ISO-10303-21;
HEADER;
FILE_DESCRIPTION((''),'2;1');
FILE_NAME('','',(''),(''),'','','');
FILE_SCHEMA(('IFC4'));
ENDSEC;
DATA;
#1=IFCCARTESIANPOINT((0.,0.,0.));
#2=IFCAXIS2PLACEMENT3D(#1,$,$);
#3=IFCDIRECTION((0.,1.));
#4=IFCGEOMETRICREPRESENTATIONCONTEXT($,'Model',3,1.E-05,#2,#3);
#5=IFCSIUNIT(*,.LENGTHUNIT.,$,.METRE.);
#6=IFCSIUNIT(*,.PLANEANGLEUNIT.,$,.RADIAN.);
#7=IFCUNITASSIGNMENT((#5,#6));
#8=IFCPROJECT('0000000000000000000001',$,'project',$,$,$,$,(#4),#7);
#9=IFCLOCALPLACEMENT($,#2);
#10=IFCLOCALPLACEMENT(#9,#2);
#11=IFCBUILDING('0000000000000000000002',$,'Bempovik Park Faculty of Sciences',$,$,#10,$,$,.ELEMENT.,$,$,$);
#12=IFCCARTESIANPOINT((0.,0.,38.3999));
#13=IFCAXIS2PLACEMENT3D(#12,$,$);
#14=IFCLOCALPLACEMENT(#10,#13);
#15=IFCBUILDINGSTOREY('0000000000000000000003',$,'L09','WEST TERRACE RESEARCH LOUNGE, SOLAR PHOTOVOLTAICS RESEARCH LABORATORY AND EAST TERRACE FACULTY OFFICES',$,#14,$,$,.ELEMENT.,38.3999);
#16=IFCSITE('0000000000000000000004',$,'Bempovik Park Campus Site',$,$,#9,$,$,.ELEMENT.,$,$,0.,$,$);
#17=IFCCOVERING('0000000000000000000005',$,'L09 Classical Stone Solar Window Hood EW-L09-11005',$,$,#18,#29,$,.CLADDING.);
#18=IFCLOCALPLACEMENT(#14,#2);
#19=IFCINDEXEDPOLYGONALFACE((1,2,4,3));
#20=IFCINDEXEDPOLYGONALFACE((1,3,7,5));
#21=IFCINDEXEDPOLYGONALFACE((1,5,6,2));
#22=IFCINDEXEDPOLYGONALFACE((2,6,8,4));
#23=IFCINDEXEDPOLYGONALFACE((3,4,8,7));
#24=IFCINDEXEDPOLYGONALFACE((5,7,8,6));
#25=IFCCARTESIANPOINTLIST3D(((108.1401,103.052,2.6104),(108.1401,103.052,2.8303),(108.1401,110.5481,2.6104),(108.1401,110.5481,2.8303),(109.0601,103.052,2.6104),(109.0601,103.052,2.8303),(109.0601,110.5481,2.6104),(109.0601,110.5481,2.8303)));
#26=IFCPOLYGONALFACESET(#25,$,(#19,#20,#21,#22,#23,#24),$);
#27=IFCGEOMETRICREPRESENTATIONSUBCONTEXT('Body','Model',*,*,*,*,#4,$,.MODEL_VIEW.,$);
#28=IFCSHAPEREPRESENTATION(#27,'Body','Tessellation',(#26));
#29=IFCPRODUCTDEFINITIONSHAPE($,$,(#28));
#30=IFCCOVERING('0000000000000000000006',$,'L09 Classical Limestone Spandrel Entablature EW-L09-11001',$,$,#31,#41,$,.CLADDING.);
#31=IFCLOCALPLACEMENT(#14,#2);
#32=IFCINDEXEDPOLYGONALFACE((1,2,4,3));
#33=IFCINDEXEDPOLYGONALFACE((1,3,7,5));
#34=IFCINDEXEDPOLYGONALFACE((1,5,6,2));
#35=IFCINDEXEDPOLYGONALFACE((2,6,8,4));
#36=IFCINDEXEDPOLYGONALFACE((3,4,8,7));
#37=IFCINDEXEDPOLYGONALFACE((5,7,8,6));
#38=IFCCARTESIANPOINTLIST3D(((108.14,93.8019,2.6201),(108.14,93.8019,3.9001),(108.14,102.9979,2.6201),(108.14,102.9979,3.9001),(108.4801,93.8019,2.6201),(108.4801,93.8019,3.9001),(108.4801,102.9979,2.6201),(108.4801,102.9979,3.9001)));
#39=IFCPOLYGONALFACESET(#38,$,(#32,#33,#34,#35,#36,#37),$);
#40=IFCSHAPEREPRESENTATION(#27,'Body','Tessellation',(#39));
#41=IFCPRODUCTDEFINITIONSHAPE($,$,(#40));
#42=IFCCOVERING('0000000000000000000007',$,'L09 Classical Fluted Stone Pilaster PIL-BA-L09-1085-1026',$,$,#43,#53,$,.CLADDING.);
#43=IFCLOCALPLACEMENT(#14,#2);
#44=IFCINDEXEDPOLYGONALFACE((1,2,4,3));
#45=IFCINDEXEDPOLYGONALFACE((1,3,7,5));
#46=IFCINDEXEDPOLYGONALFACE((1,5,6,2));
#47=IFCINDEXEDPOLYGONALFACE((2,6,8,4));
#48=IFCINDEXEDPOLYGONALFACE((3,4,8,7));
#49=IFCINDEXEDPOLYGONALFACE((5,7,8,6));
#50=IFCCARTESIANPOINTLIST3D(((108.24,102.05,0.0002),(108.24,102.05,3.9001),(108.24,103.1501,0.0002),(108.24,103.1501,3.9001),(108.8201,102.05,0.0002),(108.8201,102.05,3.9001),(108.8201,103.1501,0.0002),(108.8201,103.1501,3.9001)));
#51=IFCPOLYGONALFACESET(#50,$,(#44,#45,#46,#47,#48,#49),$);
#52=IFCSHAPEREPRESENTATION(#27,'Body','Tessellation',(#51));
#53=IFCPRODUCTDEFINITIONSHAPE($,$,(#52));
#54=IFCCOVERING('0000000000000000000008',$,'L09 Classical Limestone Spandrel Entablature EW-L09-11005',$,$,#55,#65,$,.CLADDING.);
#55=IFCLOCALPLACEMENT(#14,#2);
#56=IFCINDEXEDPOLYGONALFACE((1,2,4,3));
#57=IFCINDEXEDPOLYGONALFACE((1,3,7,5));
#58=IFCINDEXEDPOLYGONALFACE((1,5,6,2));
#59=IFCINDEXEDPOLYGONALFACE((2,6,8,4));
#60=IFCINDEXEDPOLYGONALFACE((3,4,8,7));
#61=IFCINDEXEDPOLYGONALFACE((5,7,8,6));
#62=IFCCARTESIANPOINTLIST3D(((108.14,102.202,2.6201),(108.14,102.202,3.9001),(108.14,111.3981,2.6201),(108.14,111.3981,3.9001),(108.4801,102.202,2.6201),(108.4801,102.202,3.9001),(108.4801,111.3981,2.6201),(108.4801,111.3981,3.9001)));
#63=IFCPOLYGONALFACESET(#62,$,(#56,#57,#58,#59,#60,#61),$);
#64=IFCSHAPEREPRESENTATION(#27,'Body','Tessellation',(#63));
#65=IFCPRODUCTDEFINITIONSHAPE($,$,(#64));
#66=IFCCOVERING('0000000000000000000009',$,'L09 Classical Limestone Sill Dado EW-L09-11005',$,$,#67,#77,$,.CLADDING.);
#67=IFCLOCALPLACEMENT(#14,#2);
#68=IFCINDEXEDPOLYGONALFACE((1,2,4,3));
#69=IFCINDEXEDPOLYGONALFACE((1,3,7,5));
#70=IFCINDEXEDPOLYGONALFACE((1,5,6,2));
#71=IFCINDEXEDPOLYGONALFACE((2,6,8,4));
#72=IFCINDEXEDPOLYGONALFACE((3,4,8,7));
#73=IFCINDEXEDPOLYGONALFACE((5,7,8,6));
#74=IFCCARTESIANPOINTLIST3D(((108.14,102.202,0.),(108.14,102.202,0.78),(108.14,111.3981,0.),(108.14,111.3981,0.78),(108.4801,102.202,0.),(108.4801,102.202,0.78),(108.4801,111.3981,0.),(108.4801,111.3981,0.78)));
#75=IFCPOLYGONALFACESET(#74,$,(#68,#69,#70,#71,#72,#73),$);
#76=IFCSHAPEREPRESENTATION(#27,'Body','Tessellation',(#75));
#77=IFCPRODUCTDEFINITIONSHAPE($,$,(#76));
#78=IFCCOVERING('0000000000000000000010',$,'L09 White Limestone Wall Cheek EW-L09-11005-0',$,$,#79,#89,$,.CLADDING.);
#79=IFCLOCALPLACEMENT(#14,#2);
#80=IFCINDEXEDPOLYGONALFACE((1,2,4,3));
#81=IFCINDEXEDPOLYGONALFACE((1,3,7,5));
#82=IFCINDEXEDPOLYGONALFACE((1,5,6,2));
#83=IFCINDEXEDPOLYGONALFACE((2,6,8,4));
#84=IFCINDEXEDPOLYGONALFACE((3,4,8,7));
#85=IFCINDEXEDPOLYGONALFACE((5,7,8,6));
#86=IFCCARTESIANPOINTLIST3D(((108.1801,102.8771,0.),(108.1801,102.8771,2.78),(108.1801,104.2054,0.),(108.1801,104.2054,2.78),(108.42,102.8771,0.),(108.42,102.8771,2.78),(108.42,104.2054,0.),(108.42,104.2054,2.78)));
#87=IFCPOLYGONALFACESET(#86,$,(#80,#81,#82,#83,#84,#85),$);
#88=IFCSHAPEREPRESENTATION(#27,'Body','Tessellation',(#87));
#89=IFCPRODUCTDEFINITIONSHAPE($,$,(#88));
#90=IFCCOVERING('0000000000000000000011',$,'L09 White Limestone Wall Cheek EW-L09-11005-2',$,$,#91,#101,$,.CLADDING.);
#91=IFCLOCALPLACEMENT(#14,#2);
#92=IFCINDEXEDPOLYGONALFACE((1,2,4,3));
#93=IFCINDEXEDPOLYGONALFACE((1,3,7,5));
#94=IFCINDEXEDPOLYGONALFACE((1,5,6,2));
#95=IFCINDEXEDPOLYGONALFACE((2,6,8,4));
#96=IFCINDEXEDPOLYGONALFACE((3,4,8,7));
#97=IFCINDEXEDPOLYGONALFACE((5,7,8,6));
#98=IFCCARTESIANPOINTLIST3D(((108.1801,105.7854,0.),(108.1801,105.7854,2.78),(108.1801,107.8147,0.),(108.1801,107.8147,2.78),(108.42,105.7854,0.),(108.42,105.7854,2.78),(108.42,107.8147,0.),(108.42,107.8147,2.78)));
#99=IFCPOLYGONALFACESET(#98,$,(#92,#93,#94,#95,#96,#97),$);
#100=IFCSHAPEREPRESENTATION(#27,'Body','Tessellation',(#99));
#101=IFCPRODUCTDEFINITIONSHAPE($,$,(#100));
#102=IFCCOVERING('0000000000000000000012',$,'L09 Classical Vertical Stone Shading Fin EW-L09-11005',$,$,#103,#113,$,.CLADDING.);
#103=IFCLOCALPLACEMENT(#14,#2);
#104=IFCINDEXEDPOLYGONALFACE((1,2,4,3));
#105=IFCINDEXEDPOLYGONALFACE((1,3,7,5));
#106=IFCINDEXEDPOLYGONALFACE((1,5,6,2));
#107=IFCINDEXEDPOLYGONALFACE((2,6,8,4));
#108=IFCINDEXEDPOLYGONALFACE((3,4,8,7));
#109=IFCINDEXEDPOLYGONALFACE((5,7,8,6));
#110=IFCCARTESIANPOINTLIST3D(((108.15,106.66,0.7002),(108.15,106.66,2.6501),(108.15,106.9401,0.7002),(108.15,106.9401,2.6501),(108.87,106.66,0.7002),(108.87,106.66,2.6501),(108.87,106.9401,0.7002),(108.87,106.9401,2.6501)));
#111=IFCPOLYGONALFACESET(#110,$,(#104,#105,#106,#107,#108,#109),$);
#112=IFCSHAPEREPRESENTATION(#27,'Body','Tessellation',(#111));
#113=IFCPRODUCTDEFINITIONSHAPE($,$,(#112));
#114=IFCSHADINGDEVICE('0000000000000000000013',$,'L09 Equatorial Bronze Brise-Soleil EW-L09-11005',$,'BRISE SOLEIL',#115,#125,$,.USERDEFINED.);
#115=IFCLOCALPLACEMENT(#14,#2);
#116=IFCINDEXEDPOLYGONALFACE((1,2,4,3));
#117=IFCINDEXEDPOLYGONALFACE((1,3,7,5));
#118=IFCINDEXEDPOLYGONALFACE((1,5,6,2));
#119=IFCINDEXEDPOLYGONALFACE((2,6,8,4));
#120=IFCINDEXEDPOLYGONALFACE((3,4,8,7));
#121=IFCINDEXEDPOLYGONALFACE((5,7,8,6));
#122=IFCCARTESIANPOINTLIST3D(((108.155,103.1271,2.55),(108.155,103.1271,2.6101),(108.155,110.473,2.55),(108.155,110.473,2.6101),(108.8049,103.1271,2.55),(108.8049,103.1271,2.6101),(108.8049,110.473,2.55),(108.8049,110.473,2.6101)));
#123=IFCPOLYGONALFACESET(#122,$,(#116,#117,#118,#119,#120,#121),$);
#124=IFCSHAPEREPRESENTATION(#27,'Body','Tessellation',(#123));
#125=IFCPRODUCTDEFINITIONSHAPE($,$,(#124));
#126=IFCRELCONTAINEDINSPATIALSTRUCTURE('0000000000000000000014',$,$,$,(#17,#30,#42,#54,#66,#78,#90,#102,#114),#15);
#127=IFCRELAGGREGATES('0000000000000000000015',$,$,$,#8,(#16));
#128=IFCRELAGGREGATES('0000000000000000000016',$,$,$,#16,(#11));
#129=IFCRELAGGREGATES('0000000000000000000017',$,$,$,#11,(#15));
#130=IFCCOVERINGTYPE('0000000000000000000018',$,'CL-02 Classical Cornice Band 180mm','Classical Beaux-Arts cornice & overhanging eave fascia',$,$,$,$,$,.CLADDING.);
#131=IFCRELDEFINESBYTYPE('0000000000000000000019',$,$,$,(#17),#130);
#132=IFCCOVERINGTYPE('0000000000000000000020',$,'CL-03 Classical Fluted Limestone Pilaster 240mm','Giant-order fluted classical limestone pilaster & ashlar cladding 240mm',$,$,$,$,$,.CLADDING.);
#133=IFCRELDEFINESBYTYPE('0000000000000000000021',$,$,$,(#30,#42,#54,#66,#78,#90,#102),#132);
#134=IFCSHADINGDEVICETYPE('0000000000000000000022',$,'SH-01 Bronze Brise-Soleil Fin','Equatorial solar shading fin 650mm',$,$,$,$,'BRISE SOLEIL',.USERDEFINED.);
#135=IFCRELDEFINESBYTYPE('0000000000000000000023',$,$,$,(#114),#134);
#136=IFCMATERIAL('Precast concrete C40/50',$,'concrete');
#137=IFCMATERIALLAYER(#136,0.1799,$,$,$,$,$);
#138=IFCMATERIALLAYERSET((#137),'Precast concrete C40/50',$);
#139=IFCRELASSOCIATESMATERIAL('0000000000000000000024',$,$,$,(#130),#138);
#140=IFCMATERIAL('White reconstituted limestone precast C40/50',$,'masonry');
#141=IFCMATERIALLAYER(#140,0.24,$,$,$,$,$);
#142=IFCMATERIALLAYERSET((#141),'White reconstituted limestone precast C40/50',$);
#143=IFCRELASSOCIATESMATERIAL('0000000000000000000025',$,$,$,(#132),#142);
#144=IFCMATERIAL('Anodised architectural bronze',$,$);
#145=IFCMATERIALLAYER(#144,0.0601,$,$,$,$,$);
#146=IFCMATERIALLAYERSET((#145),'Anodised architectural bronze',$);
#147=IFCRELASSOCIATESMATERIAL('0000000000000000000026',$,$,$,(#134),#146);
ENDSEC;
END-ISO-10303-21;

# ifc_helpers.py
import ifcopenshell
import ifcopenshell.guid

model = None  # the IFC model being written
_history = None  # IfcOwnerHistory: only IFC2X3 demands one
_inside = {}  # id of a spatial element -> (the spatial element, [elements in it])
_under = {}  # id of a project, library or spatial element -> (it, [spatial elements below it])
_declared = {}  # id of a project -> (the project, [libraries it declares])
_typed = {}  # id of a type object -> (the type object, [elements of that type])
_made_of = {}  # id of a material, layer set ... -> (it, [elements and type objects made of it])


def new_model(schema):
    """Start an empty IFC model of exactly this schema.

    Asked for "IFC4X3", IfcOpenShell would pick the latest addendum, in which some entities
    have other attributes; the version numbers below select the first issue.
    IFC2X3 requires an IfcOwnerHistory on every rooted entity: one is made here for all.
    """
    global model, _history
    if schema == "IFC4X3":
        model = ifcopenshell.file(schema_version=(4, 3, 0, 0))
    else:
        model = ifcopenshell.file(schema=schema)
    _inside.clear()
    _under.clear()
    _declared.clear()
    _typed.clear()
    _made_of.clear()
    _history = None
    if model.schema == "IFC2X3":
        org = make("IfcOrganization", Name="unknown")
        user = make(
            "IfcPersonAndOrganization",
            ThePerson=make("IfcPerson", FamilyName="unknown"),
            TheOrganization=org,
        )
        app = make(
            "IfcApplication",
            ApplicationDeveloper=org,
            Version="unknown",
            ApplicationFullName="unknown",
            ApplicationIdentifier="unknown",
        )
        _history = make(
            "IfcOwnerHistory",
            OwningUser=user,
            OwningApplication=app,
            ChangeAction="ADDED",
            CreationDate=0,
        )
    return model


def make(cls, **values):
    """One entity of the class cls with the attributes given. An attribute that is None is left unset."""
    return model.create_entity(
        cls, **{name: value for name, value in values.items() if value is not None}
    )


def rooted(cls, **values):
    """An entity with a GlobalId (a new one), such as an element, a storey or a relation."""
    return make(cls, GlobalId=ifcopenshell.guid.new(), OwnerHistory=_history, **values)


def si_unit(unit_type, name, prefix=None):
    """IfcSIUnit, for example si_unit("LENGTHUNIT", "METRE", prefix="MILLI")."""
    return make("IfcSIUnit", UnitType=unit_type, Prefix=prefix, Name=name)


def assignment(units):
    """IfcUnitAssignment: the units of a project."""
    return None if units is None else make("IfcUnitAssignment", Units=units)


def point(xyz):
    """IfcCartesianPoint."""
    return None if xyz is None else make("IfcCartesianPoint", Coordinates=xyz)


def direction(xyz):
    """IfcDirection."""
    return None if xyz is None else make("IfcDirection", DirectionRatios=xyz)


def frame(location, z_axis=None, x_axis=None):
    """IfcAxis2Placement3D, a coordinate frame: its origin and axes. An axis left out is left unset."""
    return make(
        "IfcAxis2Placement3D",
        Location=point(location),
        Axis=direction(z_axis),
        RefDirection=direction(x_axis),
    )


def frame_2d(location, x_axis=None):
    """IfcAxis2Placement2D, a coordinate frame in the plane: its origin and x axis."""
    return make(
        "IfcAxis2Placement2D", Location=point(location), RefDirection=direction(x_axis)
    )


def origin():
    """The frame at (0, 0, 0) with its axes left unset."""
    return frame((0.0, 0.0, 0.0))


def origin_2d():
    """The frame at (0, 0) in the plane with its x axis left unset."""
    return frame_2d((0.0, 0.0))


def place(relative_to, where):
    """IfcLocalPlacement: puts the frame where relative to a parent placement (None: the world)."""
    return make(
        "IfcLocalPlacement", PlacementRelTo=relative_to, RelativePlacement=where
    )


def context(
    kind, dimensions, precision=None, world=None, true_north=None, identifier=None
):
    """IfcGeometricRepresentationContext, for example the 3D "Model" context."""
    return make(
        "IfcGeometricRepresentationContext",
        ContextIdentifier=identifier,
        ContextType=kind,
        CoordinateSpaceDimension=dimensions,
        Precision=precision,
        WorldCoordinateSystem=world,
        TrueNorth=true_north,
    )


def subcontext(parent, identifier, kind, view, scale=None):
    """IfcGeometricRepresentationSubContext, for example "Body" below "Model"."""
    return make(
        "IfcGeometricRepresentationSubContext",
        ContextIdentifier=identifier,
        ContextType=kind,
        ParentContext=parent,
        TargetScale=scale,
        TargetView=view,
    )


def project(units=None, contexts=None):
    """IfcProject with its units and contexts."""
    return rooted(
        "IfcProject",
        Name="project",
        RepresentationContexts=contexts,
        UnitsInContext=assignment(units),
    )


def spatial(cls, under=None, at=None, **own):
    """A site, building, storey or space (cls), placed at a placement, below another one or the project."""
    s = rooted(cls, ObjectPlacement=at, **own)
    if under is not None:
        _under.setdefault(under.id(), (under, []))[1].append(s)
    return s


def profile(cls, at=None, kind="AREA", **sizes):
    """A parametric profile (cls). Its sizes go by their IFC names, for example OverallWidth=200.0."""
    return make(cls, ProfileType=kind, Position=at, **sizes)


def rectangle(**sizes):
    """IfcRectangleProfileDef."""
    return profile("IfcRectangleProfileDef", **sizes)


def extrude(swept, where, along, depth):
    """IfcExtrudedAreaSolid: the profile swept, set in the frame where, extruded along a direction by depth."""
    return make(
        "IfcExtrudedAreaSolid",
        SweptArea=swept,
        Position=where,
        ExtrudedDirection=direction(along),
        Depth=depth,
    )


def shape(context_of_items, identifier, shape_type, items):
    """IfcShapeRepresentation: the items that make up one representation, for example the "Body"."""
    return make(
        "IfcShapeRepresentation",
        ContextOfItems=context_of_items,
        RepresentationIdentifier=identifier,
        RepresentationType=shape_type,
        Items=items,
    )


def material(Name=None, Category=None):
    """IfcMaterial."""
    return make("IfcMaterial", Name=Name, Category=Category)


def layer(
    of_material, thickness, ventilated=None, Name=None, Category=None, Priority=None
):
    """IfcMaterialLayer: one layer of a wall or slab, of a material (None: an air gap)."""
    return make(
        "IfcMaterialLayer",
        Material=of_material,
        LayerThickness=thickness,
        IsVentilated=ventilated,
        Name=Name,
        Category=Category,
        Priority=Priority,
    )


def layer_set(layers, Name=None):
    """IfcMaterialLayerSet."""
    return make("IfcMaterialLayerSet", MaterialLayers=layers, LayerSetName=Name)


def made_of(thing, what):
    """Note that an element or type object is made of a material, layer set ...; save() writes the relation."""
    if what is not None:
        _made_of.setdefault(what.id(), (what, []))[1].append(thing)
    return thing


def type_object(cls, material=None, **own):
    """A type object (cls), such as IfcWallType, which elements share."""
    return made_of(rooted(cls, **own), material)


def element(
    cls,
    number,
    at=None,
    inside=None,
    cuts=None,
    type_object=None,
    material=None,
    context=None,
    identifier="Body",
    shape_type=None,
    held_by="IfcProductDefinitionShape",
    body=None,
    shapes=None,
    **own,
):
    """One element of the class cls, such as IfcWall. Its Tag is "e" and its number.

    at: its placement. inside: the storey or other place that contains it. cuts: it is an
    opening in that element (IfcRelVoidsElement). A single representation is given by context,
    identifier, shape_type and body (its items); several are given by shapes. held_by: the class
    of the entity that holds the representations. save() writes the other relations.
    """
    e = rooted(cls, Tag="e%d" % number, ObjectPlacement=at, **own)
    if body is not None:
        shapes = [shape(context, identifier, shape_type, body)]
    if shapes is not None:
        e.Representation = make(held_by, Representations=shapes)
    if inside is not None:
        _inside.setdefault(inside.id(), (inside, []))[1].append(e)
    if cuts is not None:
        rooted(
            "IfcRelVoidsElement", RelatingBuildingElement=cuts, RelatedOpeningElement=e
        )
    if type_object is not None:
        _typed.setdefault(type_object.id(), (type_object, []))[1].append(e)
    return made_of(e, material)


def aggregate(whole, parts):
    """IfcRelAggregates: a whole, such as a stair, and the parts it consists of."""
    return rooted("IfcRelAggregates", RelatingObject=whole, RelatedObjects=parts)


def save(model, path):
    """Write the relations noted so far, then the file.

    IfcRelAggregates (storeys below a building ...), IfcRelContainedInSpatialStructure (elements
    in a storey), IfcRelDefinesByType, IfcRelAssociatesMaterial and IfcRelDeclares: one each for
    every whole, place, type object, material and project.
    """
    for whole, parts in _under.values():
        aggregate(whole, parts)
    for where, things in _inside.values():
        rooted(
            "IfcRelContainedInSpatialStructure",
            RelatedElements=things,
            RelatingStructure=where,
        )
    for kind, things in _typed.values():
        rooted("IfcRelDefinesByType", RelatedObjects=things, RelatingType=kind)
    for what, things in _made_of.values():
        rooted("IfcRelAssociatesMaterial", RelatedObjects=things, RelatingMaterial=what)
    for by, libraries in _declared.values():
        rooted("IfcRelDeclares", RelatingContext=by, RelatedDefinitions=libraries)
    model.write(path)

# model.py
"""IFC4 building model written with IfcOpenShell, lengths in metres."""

from ifc_helpers import new_model, si_unit, direction, frame, origin, origin_2d, place, context, subcontext, project, spatial, rectangle, extrude, material, layer, layer_set, type_object, element, save


model = new_model("IFC4")

# Units and contexts
model_context = context("Model", 3, precision=1e-05, world=origin(), true_north=direction((0.0, 1.0)))
body_context = subcontext(model_context, "Body", "Model", "MODEL_VIEW")
ifc_project = project(units=[si_unit("LENGTHUNIT", "METRE"), si_unit("PLANEANGLEUNIT", "RADIAN")], contexts=[model_context])

# Site, building, storey
site_placement = place(None, origin())
site = spatial("IfcSite", under=ifc_project, at=site_placement, Name="Bempovik Park Campus Site", CompositionType="ELEMENT", RefElevation=0.0)
building_placement = place(site_placement, origin())
building = spatial("IfcBuilding", under=site, at=building_placement, Name="Bempovik Park Faculty of Sciences", CompositionType="ELEMENT")
storey_placement = place(building_placement, frame((0.0, 0.0, 38.3999)))
storey = spatial("IfcBuildingStorey", under=building, at=storey_placement, Name="L09", Description="WEST TERRACE RESEARCH LOUNGE, SOLAR PHOTOVOLTAICS RESEARCH LABORATORY AND EAST TERRACE FACULTY OFFICES", CompositionType="ELEMENT", Elevation=38.3999)

# Shared definitions
ifc_material_1 = material(Name="Precast concrete C40/50", Category="concrete")

# Coverings
ifc_layer_1 = layer(ifc_material_1, 0.1799)
ifc_layer_set_1 = layer_set([ifc_layer_1], Name="Precast concrete C40/50")
covering_type_1 = type_object("IfcCoveringType", Name="CL-02 Classical Cornice Band 180mm", Description="Classical Beaux-Arts cornice & overhanging eave fascia", PredefinedType="CLADDING", material=ifc_layer_set_1)
covering_1_placement = place(storey_placement, frame((108.6001, 106.8, 2.6104), z_axis=(0.0, 0.0, 1.0), x_axis=(1.0, 0.0, 0.0)))
element("IfcCovering", 1, at=covering_1_placement, inside=storey, type_object=covering_type_1, Name="L09 Classical Stone Solar Window Hood EW-L09-11005", PredefinedType="CLADDING", context=body_context, shape_type="SweptSolid", body=[
    extrude(rectangle(XDim=0.9199, YDim=7.4961, at=origin_2d()), origin(), (0.0, 0.0, 1.0), 0.22),
])
ifc_material_2 = material(Name="White reconstituted limestone precast C40/50", Category="masonry")
ifc_layer_2 = layer(ifc_material_2, 0.24)
ifc_layer_set_2 = layer_set([ifc_layer_2], Name="White reconstituted limestone precast C40/50")
covering_type_2 = type_object("IfcCoveringType", Name="CL-03 Classical Fluted Limestone Pilaster 240mm", Description="Giant-order fluted classical limestone pilaster & ashlar cladding 240mm", PredefinedType="CLADDING", material=ifc_layer_set_2)
covering_2_placement = place(storey_placement, frame((108.3101, 98.3999, 2.6201), z_axis=(0.0, 0.0, 1.0), x_axis=(1.0, 0.0, 0.0)))
element("IfcCovering", 2, at=covering_2_placement, inside=storey, type_object=covering_type_2, Name="L09 Classical Limestone Spandrel Entablature EW-L09-11001", PredefinedType="CLADDING", context=body_context, shape_type="SweptSolid", body=[
    extrude(rectangle(XDim=0.3401, YDim=9.196, at=origin_2d()), origin(), (0.0, 0.0, 1.0), 1.28),
])
covering_3_placement = place(storey_placement, frame((108.53, 102.6001, 0.0002), z_axis=(0.0, 0.0, 1.0), x_axis=(1.0, 0.0, 0.0)))
element("IfcCovering", 3, at=covering_3_placement, inside=storey, type_object=covering_type_2, Name="L09 Classical Fluted Stone Pilaster PIL-BA-L09-1085-1026", PredefinedType="CLADDING", context=body_context, shape_type="SweptSolid", body=[
    extrude(rectangle(XDim=0.5801, YDim=1.1001, at=origin_2d()), origin(), (0.0, 0.0, 1.0), 3.8999),
])
covering_4_placement = place(storey_placement, frame((108.3101, 106.8, 2.6201), z_axis=(0.0, 0.0, 1.0), x_axis=(1.0, 0.0, 0.0)))
element("IfcCovering", 4, at=covering_4_placement, inside=storey, type_object=covering_type_2, Name="L09 Classical Limestone Spandrel Entablature EW-L09-11005", PredefinedType="CLADDING", context=body_context, shape_type="SweptSolid", body=[
    extrude(rectangle(XDim=0.3401, YDim=9.196, at=origin_2d()), origin(), (0.0, 0.0, 1.0), 1.28),
])
covering_5_placement = place(storey_placement, frame((108.3101, 106.8, 0.0), z_axis=(0.0, 0.0, 1.0), x_axis=(1.0, 0.0, 0.0)))
element("IfcCovering", 5, at=covering_5_placement, inside=storey, type_object=covering_type_2, Name="L09 Classical Limestone Sill Dado EW-L09-11005", PredefinedType="CLADDING", context=body_context, shape_type="SweptSolid", body=[
    extrude(rectangle(XDim=0.3401, YDim=9.196, at=origin_2d()), origin(), (0.0, 0.0, 1.0), 0.78),
])
covering_6_placement = place(storey_placement, frame((108.3, 103.5413, 0.0), z_axis=(0.0, 0.0, 1.0), x_axis=(1.0, 0.0, 0.0)))
element("IfcCovering", 6, at=covering_6_placement, inside=storey, type_object=covering_type_2, Name="L09 White Limestone Wall Cheek EW-L09-11005-0", PredefinedType="CLADDING", context=body_context, shape_type="SweptSolid", body=[
    extrude(rectangle(XDim=0.24, YDim=1.3284, at=origin_2d()), origin(), (0.0, 0.0, 1.0), 2.78),
])
covering_7_placement = place(storey_placement, frame((108.3, 106.8, 0.0), z_axis=(0.0, 0.0, 1.0), x_axis=(1.0, 0.0, 0.0)))
element("IfcCovering", 7, at=covering_7_placement, inside=storey, type_object=covering_type_2, Name="L09 White Limestone Wall Cheek EW-L09-11005-2", PredefinedType="CLADDING", context=body_context, shape_type="SweptSolid", body=[
    extrude(rectangle(XDim=0.24, YDim=2.0293, at=origin_2d()), origin(), (0.0, 0.0, 1.0), 2.78),
])
covering_8_placement = place(storey_placement, frame((108.51, 106.8, 0.7002), z_axis=(0.0, 0.0, 1.0), x_axis=(1.0, 0.0, 0.0)))
element("IfcCovering", 8, at=covering_8_placement, inside=storey, type_object=covering_type_2, Name="L09 Classical Vertical Stone Shading Fin EW-L09-11005", PredefinedType="CLADDING", context=body_context, shape_type="SweptSolid", body=[
    extrude(rectangle(XDim=0.72, YDim=0.28, at=origin_2d()), origin(), (0.0, 0.0, 1.0), 1.95),
])

# Shading device
ifc_material_3 = material(Name="Anodised architectural bronze")
ifc_layer_3 = layer(ifc_material_3, 0.0601)
ifc_layer_set_3 = layer_set([ifc_layer_3], Name="Anodised architectural bronze")
shading_device_type = type_object("IfcShadingDeviceType", Name="SH-01 Bronze Brise-Soleil Fin", Description="Equatorial solar shading fin 650mm", ElementType="BRISE SOLEIL", PredefinedType="USERDEFINED", material=ifc_layer_set_3)
shading_device_placement = place(storey_placement, frame((108.48, 106.8, 2.55), z_axis=(0.0, 0.0, 1.0), x_axis=(1.0, 0.0, 0.0)))
element("IfcShadingDevice", 9, at=shading_device_placement, inside=storey, type_object=shading_device_type, Name="L09 Equatorial Bronze Brise-Soleil EW-L09-11005", ObjectType="BRISE SOLEIL", PredefinedType="USERDEFINED", context=body_context, shape_type="SweptSolid", body=[
    extrude(rectangle(XDim=0.6499, YDim=7.3459, at=origin_2d()), origin(), (0.0, 0.0, 1.0), 0.0601),
])

save(model, "model.ifc")
